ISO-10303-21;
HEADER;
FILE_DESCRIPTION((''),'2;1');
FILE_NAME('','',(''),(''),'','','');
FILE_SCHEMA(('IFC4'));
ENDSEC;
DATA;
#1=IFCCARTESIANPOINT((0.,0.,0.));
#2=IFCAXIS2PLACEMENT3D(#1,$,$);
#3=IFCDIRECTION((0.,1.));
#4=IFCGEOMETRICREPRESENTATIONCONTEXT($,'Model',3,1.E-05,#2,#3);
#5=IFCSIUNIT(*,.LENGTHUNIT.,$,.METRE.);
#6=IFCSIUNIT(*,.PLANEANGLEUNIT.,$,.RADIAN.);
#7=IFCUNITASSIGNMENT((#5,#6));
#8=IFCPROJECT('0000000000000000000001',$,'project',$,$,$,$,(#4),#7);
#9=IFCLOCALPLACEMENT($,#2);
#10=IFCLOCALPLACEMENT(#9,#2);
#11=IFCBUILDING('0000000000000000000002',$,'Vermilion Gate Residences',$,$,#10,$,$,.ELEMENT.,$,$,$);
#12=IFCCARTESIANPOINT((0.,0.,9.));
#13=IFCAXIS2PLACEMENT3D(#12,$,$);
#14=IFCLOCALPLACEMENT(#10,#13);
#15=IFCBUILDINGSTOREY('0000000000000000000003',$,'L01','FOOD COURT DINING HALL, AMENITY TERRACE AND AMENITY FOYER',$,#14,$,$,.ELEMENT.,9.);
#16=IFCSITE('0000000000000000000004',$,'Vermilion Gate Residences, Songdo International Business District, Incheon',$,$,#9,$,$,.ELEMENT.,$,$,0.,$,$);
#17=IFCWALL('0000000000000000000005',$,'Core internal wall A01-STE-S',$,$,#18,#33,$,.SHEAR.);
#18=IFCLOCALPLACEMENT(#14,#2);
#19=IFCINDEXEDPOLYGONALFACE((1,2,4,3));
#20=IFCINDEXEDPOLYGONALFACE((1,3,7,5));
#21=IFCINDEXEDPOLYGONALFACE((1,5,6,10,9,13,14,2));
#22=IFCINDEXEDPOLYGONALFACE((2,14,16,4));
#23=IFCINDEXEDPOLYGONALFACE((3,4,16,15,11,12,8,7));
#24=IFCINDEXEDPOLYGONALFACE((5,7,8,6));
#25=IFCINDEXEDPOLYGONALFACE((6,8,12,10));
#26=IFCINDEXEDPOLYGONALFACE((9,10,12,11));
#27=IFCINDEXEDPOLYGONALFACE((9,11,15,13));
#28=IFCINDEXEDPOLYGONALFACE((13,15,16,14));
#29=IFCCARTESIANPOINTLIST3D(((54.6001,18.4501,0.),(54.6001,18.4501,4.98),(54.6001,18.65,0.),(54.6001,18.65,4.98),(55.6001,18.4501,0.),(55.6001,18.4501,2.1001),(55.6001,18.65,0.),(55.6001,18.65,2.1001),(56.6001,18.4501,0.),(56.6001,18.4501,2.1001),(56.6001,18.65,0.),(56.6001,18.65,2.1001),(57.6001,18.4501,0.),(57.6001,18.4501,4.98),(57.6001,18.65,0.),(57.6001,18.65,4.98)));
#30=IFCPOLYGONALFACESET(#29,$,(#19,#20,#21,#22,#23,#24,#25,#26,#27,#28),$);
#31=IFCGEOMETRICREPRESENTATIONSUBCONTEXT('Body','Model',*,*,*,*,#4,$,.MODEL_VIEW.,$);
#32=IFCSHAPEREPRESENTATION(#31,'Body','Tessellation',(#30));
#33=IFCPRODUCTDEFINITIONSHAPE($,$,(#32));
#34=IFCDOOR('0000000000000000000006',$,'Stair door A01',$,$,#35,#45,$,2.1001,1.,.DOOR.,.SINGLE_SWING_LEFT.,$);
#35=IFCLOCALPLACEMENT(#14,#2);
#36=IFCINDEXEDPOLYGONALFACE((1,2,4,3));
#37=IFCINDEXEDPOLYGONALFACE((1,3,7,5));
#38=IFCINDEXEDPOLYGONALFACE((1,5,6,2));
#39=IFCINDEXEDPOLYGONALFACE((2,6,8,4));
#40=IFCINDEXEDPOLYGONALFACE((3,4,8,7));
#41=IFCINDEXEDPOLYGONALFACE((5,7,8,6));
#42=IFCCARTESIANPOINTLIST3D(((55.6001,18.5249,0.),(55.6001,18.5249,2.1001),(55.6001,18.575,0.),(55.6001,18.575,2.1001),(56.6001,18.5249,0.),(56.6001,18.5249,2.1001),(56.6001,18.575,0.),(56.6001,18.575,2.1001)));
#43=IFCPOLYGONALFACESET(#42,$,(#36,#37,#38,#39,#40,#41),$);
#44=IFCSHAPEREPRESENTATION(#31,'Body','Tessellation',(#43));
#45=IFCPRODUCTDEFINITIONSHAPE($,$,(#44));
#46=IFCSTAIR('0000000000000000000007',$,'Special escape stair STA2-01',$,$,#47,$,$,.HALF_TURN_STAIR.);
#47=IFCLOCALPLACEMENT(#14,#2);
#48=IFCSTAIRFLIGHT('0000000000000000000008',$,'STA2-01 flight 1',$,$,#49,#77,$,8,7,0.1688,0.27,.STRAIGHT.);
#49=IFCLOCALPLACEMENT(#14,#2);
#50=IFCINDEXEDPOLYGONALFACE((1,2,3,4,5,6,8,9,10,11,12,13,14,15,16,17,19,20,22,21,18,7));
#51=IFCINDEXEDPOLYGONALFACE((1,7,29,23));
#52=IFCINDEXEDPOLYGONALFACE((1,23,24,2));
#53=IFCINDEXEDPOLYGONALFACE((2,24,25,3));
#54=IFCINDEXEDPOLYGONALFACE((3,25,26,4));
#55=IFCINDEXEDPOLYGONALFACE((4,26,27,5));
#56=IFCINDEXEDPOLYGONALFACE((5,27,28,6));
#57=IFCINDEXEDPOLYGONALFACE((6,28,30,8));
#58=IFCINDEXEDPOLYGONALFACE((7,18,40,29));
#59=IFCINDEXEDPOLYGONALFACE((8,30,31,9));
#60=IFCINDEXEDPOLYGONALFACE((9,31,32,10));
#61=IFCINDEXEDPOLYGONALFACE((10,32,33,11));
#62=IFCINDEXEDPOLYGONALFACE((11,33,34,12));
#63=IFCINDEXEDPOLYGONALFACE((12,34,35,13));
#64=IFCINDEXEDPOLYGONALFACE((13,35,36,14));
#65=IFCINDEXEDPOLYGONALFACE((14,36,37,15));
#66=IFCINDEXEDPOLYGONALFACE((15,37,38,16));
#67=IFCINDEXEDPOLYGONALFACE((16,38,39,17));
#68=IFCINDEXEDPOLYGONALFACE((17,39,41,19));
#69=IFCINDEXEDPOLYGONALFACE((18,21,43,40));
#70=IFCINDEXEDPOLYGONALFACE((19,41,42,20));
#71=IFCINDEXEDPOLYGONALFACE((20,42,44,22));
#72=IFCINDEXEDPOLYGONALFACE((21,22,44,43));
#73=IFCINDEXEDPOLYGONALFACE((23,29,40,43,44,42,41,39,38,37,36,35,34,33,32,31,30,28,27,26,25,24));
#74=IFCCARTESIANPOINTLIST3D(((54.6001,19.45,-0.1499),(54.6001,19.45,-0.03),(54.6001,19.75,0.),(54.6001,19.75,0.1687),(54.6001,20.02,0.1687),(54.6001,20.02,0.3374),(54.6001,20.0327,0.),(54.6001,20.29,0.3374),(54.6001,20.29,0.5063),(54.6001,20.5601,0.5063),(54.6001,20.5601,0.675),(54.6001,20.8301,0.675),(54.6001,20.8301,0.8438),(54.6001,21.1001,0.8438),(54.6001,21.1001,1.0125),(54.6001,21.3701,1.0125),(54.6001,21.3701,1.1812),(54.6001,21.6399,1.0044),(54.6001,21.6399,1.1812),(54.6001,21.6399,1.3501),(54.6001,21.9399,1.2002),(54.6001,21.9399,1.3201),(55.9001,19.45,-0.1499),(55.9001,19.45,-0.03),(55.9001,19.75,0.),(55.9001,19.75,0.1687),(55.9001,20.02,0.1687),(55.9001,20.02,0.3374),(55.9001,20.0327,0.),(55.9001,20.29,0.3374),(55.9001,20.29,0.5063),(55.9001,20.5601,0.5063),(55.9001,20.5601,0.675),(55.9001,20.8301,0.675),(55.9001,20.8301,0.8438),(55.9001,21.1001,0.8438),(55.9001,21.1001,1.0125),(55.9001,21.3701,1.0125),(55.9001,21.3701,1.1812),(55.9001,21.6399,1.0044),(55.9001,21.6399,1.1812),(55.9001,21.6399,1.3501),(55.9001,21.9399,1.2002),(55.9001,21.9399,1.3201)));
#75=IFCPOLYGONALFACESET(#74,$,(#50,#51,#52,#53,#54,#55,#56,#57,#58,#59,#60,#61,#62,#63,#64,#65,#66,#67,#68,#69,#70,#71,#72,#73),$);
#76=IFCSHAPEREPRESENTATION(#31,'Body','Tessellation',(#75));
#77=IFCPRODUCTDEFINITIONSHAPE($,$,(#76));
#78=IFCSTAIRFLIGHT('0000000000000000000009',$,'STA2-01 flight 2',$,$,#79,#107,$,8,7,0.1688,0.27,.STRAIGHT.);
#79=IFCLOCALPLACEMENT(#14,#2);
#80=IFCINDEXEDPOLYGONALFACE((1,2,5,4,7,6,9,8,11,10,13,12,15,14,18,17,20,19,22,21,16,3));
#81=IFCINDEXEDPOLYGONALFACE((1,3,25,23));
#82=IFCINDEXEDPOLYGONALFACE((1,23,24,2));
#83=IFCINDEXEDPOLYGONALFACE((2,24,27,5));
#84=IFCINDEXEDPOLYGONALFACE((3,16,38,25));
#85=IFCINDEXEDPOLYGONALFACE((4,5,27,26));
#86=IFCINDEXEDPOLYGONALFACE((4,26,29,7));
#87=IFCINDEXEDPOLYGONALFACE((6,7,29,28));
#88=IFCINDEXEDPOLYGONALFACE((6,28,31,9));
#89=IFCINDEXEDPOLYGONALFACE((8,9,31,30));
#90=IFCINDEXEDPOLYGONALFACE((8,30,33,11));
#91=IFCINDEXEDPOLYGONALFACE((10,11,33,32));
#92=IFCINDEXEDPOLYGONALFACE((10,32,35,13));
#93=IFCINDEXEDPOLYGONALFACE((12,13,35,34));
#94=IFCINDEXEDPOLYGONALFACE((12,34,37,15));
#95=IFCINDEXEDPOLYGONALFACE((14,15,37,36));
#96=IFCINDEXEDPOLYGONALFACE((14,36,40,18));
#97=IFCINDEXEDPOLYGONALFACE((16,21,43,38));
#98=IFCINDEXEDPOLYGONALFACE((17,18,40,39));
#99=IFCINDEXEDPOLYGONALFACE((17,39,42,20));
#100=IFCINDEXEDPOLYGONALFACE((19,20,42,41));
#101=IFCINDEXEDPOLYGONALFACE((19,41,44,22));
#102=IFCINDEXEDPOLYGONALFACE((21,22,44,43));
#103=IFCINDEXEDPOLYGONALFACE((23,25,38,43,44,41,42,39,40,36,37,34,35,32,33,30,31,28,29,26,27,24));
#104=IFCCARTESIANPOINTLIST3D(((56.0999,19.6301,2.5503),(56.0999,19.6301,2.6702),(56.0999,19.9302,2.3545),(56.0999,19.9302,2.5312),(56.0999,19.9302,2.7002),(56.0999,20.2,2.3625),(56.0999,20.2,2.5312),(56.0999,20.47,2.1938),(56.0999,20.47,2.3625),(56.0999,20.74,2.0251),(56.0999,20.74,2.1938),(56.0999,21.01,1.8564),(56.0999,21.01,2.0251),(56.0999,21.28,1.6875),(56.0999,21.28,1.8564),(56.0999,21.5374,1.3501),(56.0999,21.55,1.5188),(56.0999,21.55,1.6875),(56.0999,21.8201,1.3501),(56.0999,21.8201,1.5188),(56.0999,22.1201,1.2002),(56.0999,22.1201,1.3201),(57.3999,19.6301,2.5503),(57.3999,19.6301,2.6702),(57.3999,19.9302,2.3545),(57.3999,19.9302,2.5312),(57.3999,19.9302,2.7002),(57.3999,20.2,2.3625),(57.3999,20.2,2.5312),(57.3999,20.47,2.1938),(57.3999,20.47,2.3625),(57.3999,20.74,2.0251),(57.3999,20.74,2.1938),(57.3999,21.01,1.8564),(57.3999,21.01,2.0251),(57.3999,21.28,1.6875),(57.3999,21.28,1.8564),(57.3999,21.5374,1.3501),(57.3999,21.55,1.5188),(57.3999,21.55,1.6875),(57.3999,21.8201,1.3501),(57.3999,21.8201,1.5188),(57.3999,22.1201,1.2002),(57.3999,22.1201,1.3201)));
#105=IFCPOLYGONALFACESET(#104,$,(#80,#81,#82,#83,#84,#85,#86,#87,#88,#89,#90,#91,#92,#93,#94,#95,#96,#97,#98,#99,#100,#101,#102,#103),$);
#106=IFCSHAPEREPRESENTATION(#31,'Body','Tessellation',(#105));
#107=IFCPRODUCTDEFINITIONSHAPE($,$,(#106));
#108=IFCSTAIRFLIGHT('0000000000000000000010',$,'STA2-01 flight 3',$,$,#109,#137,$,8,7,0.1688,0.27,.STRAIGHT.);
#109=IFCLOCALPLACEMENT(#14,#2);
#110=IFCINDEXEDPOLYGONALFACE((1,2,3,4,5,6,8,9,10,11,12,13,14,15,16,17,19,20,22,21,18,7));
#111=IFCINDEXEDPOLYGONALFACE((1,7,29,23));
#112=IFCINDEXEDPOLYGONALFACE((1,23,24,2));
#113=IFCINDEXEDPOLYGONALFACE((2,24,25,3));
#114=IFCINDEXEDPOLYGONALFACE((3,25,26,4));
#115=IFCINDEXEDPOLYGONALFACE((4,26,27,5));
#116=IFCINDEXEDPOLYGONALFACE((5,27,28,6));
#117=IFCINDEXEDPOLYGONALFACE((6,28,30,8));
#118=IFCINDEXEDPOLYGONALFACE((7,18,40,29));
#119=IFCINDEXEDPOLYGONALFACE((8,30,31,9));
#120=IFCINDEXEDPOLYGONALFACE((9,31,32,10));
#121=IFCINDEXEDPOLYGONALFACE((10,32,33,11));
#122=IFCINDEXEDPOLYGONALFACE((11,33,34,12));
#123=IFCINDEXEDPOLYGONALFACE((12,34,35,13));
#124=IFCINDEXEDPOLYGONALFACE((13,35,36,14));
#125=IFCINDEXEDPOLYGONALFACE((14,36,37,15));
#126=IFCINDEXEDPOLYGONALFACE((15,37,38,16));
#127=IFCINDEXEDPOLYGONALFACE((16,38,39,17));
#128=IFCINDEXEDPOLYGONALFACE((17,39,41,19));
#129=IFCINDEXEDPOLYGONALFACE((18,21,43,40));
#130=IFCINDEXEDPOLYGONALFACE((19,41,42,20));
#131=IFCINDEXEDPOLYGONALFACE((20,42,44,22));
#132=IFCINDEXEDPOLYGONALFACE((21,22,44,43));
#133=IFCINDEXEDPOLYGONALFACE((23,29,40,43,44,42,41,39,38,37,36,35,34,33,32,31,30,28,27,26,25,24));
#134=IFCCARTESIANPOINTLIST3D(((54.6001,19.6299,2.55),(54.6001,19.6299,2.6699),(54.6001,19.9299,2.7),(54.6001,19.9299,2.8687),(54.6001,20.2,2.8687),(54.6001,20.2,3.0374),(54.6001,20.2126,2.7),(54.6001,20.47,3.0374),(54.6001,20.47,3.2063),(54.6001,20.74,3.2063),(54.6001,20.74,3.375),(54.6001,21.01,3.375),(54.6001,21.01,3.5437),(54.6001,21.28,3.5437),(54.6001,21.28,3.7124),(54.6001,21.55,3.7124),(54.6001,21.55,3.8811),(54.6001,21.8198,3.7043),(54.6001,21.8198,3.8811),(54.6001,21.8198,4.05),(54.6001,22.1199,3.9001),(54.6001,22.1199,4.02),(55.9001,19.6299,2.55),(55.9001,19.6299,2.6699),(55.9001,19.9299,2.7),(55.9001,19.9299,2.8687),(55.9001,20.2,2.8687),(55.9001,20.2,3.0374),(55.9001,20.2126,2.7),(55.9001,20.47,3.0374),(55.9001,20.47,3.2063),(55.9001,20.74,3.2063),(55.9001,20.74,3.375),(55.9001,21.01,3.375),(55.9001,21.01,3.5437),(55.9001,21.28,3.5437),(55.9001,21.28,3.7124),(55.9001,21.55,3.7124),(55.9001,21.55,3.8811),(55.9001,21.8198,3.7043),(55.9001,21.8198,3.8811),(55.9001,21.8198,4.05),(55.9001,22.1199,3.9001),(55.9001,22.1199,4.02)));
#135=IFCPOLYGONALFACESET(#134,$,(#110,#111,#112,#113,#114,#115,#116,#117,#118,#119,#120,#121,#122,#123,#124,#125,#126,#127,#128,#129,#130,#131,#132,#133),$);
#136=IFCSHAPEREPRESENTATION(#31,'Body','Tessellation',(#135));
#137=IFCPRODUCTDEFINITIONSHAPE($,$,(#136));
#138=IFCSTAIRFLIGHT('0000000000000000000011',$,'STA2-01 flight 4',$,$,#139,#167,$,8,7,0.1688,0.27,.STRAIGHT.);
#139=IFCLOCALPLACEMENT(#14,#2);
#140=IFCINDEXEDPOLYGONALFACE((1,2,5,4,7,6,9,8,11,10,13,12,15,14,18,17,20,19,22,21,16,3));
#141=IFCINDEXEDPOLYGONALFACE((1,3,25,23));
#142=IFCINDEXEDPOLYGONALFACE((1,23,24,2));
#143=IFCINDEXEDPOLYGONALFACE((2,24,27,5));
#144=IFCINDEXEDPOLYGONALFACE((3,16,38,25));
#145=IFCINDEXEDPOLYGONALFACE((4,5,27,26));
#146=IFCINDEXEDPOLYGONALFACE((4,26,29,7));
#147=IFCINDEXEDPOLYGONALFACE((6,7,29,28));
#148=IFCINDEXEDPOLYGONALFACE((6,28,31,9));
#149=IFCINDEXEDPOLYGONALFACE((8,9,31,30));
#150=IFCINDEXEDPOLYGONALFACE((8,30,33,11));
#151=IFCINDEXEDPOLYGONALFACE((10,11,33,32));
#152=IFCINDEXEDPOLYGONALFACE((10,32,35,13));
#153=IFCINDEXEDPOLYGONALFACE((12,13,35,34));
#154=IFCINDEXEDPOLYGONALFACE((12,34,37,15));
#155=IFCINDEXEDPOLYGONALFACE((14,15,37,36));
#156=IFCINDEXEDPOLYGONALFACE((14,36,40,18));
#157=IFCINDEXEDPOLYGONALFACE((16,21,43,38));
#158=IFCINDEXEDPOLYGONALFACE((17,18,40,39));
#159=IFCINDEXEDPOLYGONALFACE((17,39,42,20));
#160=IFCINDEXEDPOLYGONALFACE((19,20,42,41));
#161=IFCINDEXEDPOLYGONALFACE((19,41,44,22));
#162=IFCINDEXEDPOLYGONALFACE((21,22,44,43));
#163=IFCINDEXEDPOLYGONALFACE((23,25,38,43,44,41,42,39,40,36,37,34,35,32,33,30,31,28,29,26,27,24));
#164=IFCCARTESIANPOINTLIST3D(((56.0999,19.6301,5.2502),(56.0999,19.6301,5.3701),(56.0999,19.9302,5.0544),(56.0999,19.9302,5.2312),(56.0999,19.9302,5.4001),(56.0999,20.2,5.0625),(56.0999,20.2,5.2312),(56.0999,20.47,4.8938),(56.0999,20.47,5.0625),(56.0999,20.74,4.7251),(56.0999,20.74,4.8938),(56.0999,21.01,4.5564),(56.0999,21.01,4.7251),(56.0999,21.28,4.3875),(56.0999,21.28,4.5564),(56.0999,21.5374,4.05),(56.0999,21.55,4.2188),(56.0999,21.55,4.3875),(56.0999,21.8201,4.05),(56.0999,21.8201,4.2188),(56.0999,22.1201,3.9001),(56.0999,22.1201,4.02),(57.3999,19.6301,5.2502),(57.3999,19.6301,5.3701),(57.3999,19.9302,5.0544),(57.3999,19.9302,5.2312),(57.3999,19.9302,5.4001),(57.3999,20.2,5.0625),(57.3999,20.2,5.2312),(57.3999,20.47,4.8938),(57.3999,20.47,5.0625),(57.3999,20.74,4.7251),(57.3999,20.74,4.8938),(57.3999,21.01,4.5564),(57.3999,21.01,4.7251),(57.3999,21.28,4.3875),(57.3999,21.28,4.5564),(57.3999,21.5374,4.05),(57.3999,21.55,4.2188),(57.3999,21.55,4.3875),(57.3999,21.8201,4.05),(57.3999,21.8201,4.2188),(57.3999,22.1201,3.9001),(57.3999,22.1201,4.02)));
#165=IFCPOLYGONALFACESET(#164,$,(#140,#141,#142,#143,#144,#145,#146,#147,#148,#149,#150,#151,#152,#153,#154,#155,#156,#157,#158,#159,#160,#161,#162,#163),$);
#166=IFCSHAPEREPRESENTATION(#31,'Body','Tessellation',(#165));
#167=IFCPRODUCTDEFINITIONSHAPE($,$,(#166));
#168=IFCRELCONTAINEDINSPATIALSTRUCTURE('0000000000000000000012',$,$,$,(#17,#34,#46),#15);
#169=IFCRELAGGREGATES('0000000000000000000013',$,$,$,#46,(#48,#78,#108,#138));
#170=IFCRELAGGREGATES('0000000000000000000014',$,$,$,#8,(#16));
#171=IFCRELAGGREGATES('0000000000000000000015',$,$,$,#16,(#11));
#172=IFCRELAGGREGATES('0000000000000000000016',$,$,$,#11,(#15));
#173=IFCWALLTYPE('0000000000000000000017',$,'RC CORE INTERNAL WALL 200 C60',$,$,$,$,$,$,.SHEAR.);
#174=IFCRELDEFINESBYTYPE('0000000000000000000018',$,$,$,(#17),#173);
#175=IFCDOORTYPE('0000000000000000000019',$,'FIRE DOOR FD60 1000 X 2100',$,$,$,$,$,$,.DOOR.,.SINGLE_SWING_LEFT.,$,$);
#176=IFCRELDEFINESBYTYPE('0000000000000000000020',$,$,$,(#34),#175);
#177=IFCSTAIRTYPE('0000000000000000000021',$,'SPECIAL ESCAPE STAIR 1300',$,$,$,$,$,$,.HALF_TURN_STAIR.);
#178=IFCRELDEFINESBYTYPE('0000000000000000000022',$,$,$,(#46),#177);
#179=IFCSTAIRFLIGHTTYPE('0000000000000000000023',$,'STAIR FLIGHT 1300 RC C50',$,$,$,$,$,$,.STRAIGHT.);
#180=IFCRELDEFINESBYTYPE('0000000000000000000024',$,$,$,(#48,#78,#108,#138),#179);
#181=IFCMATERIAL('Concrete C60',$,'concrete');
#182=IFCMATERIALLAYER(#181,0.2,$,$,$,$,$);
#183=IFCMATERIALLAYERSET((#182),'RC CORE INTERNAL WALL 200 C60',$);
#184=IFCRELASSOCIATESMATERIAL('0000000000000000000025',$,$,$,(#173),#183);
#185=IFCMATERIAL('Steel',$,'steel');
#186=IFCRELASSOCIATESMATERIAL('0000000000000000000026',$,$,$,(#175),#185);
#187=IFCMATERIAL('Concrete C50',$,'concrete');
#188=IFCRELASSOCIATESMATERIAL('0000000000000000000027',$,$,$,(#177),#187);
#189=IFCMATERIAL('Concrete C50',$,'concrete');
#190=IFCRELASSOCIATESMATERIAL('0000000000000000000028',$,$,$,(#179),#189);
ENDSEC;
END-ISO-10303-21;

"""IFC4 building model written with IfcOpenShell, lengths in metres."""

from ifc_helpers import new_model, si_unit, direction, frame, frame_2d, origin, place, context, subcontext, project, spatial, polyline, rectangle, outline, extrude, material, layer, layer_set, type_object, element, fill, aggregate, save


model = new_model("IFC4")

# Units and contexts
model_context = context("Model", 3, precision=1e-05, world=origin(), true_north=direction((0.0, 1.0)))
body_context = subcontext(model_context, "Body", "Model", "MODEL_VIEW")
ifc_project = project(units=[si_unit("LENGTHUNIT", "METRE"), si_unit("PLANEANGLEUNIT", "RADIAN")], contexts=[model_context])

# Site, building, storey
site_placement = place(None, origin())
site = spatial("IfcSite", under=ifc_project, at=site_placement, Name="Vermilion Gate Residences, Songdo International Business District, Incheon", CompositionType="ELEMENT", RefElevation=0.0)
building_placement = place(site_placement, origin())
building = spatial("IfcBuilding", under=site, at=building_placement, Name="Vermilion Gate Residences", CompositionType="ELEMENT")
storey_placement = place(building_placement, frame((0.0, 0.0, 9.0)))
storey = spatial("IfcBuildingStorey", under=building, at=storey_placement, Name="L01", Description="FOOD COURT DINING HALL, AMENITY TERRACE AND AMENITY FOYER", CompositionType="ELEMENT", Elevation=9.0)

# Shared definitions
ifc_material_1 = material(Name="Concrete C60", Category="concrete")
ifc_layer_1 = layer(ifc_material_1, 0.2)
ifc_layer_set_1 = layer_set([ifc_layer_1], Name="RC CORE INTERNAL WALL 200 C60")
wall_type_1 = type_object("IfcWallType", Name="RC CORE INTERNAL WALL 200 C60", PredefinedType="SHEAR", material=ifc_layer_set_1)

# Wall, opening, door
wall_1_placement = place(storey_placement, frame((54.6001, 18.55, 0.0), z_axis=(0.0, 0.0, 1.0), x_axis=(1.0, 0.0, 0.0)))
wall_1 = element("IfcWall", 1, at=wall_1_placement, inside=storey, type_object=wall_type_1, Name="Core internal wall A01-STE-S", PredefinedType="SHEAR", context=body_context, shape_type="SweptSolid", body=[
    extrude(rectangle(XDim=3.0, YDim=0.2, at=frame_2d((1.5, 0.0))), origin(), (0.0, 0.0, 1.0), 4.98),
])
opening_placement = place(wall_1_placement, frame((1.0, 0.0, 0.0)))
opening = element("IfcOpeningElement", 2, at=opening_placement, cuts=wall_1, PredefinedType="OPENING", context=body_context, shape_type="SweptSolid", body=[
    extrude(rectangle(XDim=1.0, YDim=2.1001, at=frame_2d((0.5, 1.05))), frame((0.0, 0.1099, 0.0), z_axis=(0.0, -1.0, 0.0), x_axis=(1.0, 0.0, 0.0)), (0.0, 0.0, 1.0), 0.22),
])
ifc_material_2 = material(Name="Steel", Category="steel")
door_type = type_object("IfcDoorType", Name="FIRE DOOR FD60 1000 X 2100", OperationType="SINGLE_SWING_LEFT", PredefinedType="DOOR", material=ifc_material_2)
door_placement = place(opening_placement, origin())
door = element("IfcDoor", 3, at=door_placement, inside=storey, type_object=door_type, Name="Stair door A01", OperationType="SINGLE_SWING_LEFT", OverallHeight=2.1001, OverallWidth=1.0, PredefinedType="DOOR", context=body_context, shape_type="SweptSolid", body=[
    extrude(rectangle(XDim=1.0, YDim=2.1001, at=frame_2d((0.5, 1.05))), frame((0.0, 0.0249, 0.0), z_axis=(0.0, -1.0, 0.0), x_axis=(1.0, 0.0, 0.0)), (0.0, 0.0, 1.0), 0.05),
])
fill(opening, door)

# Stair, stair flights
ifc_material_3 = material(Name="Concrete C50", Category="concrete")
stair_type = type_object("IfcStairType", Name="SPECIAL ESCAPE STAIR 1300", PredefinedType="HALF_TURN_STAIR", material=ifc_material_3)
stair_placement = place(storey_placement, origin())
stair = element("IfcStair", 4, at=stair_placement, inside=storey, type_object=stair_type, Name="Special escape stair STA2-01", PredefinedType="HALF_TURN_STAIR")
ifc_material_4 = material(Name="Concrete C50", Category="concrete")
stair_flight_type = type_object("IfcStairFlightType", Name="STAIR FLIGHT 1300 RC C50", PredefinedType="STRAIGHT", material=ifc_material_4)
stair_flight_1_placement = place(storey_placement, frame((55.25, 19.75, 0.0), z_axis=(0.0, 0.0, 1.0), x_axis=(0.0, 1.0, 0.0)))
stair_flight_1 = element("IfcStairFlight", 5, at=stair_flight_1_placement, type_object=stair_flight_type, Name="STA2-01 flight 1", NumberOfRisers=8, NumberOfTreads=7, PredefinedType="STRAIGHT", RiserHeight=0.1688, TreadLength=0.27, context=body_context, shape_type="SweptSolid", body=[
    extrude(outline(polyline([(-0.3, -0.1499), (-0.3, -0.03), (0.0, 0.0), (0.0, 0.1687), (0.27, 0.1687), (0.27, 0.3374), (0.54, 0.3374), (0.54, 0.5063), (0.8101, 0.5063), (0.8101, 0.675), (1.0801, 0.675), (1.0801, 0.8438), (1.3501, 0.8438), (1.3501, 1.0125), (1.6201, 1.0125), (1.6201, 1.1812), (1.8899, 1.1812), (1.8899, 1.3501), (2.1899, 1.3201), (2.1899, 1.2002), (1.8899, 1.0044), (0.2827, 0.0), (-0.3, -0.1499)])), frame((0.0, 0.6499, 0.0), z_axis=(0.0, -1.0, 0.0), x_axis=(1.0, 0.0, 0.0)), (0.0, 0.0, 1.0), 1.3),
])
stair_flight_2_placement = place(storey_placement, frame((56.75, 21.8201, 1.3501), z_axis=(0.0, 0.0, 1.0), x_axis=(0.0, -1.0, 0.0)))
stair_flight_2 = element("IfcStairFlight", 6, at=stair_flight_2_placement, type_object=stair_flight_type, Name="STA2-01 flight 2", NumberOfRisers=8, NumberOfTreads=7, PredefinedType="STRAIGHT", RiserHeight=0.1688, TreadLength=0.27, context=body_context, shape_type="SweptSolid", body=[
    extrude(outline(polyline([(-0.3, -0.1499), (-0.3, -0.03), (0.0, 0.0), (0.0, 0.1687), (0.27, 0.1687), (0.27, 0.3374), (0.54, 0.3374), (0.54, 0.5063), (0.8101, 0.5063), (0.8101, 0.675), (1.0801, 0.675), (1.0801, 0.8438), (1.3501, 0.8438), (1.3501, 1.0125), (1.6201, 1.0125), (1.6201, 1.1812), (1.8899, 1.1812), (1.8899, 1.3501), (2.1899, 1.3201), (2.1899, 1.2002), (1.8899, 1.0044), (0.2827, 0.0), (-0.3, -0.1499)])), frame((0.0, 0.6499, 0.0), z_axis=(0.0, -1.0, 0.0), x_axis=(1.0, 0.0, 0.0)), (0.0, 0.0, 1.0), 1.3),
])
stair_flight_3_placement = place(storey_placement, frame((55.25, 19.9299, 2.7), z_axis=(0.0, 0.0, 1.0), x_axis=(0.0, 1.0, 0.0)))
stair_flight_3 = element("IfcStairFlight", 7, at=stair_flight_3_placement, type_object=stair_flight_type, Name="STA2-01 flight 3", NumberOfRisers=8, NumberOfTreads=7, PredefinedType="STRAIGHT", RiserHeight=0.1688, TreadLength=0.27, context=body_context, shape_type="SweptSolid", body=[
    extrude(outline(polyline([(-0.3, -0.1499), (-0.3, -0.03), (0.0, 0.0), (0.0, 0.1687), (0.27, 0.1687), (0.27, 0.3374), (0.54, 0.3374), (0.54, 0.5063), (0.8101, 0.5063), (0.8101, 0.675), (1.0801, 0.675), (1.0801, 0.8438), (1.3501, 0.8438), (1.3501, 1.0125), (1.6201, 1.0125), (1.6201, 1.1812), (1.8899, 1.1812), (1.8899, 1.3501), (2.1899, 1.3201), (2.1899, 1.2002), (1.8899, 1.0044), (0.2827, 0.0), (-0.3, -0.1499)])), frame((0.0, 0.6499, 0.0), z_axis=(0.0, -1.0, 0.0), x_axis=(1.0, 0.0, 0.0)), (0.0, 0.0, 1.0), 1.3),
])
stair_flight_4_placement = place(storey_placement, frame((56.75, 21.8201, 4.05), z_axis=(0.0, 0.0, 1.0), x_axis=(0.0, -1.0, 0.0)))
stair_flight_4 = element("IfcStairFlight", 8, at=stair_flight_4_placement, type_object=stair_flight_type, Name="STA2-01 flight 4", NumberOfRisers=8, NumberOfTreads=7, PredefinedType="STRAIGHT", RiserHeight=0.1688, TreadLength=0.27, context=body_context, shape_type="SweptSolid", body=[
    extrude(outline(polyline([(-0.3, -0.1499), (-0.3, -0.03), (0.0, 0.0), (0.0, 0.1687), (0.27, 0.1687), (0.27, 0.3374), (0.54, 0.3374), (0.54, 0.5063), (0.8101, 0.5063), (0.8101, 0.675), (1.0801, 0.675), (1.0801, 0.8438), (1.3501, 0.8438), (1.3501, 1.0125), (1.6201, 1.0125), (1.6201, 1.1812), (1.8899, 1.1812), (1.8899, 1.3501), (2.1899, 1.3201), (2.1899, 1.2002), (1.8899, 1.0044), (0.2827, 0.0), (-0.3, -0.1499)])), frame((0.0, 0.6499, 0.0), z_axis=(0.0, -1.0, 0.0), x_axis=(1.0, 0.0, 0.0)), (0.0, 0.0, 1.0), 1.3),
])
aggregate(stair, [stair_flight_1, stair_flight_2, stair_flight_3, stair_flight_4])

save(model, "model.ifc")
